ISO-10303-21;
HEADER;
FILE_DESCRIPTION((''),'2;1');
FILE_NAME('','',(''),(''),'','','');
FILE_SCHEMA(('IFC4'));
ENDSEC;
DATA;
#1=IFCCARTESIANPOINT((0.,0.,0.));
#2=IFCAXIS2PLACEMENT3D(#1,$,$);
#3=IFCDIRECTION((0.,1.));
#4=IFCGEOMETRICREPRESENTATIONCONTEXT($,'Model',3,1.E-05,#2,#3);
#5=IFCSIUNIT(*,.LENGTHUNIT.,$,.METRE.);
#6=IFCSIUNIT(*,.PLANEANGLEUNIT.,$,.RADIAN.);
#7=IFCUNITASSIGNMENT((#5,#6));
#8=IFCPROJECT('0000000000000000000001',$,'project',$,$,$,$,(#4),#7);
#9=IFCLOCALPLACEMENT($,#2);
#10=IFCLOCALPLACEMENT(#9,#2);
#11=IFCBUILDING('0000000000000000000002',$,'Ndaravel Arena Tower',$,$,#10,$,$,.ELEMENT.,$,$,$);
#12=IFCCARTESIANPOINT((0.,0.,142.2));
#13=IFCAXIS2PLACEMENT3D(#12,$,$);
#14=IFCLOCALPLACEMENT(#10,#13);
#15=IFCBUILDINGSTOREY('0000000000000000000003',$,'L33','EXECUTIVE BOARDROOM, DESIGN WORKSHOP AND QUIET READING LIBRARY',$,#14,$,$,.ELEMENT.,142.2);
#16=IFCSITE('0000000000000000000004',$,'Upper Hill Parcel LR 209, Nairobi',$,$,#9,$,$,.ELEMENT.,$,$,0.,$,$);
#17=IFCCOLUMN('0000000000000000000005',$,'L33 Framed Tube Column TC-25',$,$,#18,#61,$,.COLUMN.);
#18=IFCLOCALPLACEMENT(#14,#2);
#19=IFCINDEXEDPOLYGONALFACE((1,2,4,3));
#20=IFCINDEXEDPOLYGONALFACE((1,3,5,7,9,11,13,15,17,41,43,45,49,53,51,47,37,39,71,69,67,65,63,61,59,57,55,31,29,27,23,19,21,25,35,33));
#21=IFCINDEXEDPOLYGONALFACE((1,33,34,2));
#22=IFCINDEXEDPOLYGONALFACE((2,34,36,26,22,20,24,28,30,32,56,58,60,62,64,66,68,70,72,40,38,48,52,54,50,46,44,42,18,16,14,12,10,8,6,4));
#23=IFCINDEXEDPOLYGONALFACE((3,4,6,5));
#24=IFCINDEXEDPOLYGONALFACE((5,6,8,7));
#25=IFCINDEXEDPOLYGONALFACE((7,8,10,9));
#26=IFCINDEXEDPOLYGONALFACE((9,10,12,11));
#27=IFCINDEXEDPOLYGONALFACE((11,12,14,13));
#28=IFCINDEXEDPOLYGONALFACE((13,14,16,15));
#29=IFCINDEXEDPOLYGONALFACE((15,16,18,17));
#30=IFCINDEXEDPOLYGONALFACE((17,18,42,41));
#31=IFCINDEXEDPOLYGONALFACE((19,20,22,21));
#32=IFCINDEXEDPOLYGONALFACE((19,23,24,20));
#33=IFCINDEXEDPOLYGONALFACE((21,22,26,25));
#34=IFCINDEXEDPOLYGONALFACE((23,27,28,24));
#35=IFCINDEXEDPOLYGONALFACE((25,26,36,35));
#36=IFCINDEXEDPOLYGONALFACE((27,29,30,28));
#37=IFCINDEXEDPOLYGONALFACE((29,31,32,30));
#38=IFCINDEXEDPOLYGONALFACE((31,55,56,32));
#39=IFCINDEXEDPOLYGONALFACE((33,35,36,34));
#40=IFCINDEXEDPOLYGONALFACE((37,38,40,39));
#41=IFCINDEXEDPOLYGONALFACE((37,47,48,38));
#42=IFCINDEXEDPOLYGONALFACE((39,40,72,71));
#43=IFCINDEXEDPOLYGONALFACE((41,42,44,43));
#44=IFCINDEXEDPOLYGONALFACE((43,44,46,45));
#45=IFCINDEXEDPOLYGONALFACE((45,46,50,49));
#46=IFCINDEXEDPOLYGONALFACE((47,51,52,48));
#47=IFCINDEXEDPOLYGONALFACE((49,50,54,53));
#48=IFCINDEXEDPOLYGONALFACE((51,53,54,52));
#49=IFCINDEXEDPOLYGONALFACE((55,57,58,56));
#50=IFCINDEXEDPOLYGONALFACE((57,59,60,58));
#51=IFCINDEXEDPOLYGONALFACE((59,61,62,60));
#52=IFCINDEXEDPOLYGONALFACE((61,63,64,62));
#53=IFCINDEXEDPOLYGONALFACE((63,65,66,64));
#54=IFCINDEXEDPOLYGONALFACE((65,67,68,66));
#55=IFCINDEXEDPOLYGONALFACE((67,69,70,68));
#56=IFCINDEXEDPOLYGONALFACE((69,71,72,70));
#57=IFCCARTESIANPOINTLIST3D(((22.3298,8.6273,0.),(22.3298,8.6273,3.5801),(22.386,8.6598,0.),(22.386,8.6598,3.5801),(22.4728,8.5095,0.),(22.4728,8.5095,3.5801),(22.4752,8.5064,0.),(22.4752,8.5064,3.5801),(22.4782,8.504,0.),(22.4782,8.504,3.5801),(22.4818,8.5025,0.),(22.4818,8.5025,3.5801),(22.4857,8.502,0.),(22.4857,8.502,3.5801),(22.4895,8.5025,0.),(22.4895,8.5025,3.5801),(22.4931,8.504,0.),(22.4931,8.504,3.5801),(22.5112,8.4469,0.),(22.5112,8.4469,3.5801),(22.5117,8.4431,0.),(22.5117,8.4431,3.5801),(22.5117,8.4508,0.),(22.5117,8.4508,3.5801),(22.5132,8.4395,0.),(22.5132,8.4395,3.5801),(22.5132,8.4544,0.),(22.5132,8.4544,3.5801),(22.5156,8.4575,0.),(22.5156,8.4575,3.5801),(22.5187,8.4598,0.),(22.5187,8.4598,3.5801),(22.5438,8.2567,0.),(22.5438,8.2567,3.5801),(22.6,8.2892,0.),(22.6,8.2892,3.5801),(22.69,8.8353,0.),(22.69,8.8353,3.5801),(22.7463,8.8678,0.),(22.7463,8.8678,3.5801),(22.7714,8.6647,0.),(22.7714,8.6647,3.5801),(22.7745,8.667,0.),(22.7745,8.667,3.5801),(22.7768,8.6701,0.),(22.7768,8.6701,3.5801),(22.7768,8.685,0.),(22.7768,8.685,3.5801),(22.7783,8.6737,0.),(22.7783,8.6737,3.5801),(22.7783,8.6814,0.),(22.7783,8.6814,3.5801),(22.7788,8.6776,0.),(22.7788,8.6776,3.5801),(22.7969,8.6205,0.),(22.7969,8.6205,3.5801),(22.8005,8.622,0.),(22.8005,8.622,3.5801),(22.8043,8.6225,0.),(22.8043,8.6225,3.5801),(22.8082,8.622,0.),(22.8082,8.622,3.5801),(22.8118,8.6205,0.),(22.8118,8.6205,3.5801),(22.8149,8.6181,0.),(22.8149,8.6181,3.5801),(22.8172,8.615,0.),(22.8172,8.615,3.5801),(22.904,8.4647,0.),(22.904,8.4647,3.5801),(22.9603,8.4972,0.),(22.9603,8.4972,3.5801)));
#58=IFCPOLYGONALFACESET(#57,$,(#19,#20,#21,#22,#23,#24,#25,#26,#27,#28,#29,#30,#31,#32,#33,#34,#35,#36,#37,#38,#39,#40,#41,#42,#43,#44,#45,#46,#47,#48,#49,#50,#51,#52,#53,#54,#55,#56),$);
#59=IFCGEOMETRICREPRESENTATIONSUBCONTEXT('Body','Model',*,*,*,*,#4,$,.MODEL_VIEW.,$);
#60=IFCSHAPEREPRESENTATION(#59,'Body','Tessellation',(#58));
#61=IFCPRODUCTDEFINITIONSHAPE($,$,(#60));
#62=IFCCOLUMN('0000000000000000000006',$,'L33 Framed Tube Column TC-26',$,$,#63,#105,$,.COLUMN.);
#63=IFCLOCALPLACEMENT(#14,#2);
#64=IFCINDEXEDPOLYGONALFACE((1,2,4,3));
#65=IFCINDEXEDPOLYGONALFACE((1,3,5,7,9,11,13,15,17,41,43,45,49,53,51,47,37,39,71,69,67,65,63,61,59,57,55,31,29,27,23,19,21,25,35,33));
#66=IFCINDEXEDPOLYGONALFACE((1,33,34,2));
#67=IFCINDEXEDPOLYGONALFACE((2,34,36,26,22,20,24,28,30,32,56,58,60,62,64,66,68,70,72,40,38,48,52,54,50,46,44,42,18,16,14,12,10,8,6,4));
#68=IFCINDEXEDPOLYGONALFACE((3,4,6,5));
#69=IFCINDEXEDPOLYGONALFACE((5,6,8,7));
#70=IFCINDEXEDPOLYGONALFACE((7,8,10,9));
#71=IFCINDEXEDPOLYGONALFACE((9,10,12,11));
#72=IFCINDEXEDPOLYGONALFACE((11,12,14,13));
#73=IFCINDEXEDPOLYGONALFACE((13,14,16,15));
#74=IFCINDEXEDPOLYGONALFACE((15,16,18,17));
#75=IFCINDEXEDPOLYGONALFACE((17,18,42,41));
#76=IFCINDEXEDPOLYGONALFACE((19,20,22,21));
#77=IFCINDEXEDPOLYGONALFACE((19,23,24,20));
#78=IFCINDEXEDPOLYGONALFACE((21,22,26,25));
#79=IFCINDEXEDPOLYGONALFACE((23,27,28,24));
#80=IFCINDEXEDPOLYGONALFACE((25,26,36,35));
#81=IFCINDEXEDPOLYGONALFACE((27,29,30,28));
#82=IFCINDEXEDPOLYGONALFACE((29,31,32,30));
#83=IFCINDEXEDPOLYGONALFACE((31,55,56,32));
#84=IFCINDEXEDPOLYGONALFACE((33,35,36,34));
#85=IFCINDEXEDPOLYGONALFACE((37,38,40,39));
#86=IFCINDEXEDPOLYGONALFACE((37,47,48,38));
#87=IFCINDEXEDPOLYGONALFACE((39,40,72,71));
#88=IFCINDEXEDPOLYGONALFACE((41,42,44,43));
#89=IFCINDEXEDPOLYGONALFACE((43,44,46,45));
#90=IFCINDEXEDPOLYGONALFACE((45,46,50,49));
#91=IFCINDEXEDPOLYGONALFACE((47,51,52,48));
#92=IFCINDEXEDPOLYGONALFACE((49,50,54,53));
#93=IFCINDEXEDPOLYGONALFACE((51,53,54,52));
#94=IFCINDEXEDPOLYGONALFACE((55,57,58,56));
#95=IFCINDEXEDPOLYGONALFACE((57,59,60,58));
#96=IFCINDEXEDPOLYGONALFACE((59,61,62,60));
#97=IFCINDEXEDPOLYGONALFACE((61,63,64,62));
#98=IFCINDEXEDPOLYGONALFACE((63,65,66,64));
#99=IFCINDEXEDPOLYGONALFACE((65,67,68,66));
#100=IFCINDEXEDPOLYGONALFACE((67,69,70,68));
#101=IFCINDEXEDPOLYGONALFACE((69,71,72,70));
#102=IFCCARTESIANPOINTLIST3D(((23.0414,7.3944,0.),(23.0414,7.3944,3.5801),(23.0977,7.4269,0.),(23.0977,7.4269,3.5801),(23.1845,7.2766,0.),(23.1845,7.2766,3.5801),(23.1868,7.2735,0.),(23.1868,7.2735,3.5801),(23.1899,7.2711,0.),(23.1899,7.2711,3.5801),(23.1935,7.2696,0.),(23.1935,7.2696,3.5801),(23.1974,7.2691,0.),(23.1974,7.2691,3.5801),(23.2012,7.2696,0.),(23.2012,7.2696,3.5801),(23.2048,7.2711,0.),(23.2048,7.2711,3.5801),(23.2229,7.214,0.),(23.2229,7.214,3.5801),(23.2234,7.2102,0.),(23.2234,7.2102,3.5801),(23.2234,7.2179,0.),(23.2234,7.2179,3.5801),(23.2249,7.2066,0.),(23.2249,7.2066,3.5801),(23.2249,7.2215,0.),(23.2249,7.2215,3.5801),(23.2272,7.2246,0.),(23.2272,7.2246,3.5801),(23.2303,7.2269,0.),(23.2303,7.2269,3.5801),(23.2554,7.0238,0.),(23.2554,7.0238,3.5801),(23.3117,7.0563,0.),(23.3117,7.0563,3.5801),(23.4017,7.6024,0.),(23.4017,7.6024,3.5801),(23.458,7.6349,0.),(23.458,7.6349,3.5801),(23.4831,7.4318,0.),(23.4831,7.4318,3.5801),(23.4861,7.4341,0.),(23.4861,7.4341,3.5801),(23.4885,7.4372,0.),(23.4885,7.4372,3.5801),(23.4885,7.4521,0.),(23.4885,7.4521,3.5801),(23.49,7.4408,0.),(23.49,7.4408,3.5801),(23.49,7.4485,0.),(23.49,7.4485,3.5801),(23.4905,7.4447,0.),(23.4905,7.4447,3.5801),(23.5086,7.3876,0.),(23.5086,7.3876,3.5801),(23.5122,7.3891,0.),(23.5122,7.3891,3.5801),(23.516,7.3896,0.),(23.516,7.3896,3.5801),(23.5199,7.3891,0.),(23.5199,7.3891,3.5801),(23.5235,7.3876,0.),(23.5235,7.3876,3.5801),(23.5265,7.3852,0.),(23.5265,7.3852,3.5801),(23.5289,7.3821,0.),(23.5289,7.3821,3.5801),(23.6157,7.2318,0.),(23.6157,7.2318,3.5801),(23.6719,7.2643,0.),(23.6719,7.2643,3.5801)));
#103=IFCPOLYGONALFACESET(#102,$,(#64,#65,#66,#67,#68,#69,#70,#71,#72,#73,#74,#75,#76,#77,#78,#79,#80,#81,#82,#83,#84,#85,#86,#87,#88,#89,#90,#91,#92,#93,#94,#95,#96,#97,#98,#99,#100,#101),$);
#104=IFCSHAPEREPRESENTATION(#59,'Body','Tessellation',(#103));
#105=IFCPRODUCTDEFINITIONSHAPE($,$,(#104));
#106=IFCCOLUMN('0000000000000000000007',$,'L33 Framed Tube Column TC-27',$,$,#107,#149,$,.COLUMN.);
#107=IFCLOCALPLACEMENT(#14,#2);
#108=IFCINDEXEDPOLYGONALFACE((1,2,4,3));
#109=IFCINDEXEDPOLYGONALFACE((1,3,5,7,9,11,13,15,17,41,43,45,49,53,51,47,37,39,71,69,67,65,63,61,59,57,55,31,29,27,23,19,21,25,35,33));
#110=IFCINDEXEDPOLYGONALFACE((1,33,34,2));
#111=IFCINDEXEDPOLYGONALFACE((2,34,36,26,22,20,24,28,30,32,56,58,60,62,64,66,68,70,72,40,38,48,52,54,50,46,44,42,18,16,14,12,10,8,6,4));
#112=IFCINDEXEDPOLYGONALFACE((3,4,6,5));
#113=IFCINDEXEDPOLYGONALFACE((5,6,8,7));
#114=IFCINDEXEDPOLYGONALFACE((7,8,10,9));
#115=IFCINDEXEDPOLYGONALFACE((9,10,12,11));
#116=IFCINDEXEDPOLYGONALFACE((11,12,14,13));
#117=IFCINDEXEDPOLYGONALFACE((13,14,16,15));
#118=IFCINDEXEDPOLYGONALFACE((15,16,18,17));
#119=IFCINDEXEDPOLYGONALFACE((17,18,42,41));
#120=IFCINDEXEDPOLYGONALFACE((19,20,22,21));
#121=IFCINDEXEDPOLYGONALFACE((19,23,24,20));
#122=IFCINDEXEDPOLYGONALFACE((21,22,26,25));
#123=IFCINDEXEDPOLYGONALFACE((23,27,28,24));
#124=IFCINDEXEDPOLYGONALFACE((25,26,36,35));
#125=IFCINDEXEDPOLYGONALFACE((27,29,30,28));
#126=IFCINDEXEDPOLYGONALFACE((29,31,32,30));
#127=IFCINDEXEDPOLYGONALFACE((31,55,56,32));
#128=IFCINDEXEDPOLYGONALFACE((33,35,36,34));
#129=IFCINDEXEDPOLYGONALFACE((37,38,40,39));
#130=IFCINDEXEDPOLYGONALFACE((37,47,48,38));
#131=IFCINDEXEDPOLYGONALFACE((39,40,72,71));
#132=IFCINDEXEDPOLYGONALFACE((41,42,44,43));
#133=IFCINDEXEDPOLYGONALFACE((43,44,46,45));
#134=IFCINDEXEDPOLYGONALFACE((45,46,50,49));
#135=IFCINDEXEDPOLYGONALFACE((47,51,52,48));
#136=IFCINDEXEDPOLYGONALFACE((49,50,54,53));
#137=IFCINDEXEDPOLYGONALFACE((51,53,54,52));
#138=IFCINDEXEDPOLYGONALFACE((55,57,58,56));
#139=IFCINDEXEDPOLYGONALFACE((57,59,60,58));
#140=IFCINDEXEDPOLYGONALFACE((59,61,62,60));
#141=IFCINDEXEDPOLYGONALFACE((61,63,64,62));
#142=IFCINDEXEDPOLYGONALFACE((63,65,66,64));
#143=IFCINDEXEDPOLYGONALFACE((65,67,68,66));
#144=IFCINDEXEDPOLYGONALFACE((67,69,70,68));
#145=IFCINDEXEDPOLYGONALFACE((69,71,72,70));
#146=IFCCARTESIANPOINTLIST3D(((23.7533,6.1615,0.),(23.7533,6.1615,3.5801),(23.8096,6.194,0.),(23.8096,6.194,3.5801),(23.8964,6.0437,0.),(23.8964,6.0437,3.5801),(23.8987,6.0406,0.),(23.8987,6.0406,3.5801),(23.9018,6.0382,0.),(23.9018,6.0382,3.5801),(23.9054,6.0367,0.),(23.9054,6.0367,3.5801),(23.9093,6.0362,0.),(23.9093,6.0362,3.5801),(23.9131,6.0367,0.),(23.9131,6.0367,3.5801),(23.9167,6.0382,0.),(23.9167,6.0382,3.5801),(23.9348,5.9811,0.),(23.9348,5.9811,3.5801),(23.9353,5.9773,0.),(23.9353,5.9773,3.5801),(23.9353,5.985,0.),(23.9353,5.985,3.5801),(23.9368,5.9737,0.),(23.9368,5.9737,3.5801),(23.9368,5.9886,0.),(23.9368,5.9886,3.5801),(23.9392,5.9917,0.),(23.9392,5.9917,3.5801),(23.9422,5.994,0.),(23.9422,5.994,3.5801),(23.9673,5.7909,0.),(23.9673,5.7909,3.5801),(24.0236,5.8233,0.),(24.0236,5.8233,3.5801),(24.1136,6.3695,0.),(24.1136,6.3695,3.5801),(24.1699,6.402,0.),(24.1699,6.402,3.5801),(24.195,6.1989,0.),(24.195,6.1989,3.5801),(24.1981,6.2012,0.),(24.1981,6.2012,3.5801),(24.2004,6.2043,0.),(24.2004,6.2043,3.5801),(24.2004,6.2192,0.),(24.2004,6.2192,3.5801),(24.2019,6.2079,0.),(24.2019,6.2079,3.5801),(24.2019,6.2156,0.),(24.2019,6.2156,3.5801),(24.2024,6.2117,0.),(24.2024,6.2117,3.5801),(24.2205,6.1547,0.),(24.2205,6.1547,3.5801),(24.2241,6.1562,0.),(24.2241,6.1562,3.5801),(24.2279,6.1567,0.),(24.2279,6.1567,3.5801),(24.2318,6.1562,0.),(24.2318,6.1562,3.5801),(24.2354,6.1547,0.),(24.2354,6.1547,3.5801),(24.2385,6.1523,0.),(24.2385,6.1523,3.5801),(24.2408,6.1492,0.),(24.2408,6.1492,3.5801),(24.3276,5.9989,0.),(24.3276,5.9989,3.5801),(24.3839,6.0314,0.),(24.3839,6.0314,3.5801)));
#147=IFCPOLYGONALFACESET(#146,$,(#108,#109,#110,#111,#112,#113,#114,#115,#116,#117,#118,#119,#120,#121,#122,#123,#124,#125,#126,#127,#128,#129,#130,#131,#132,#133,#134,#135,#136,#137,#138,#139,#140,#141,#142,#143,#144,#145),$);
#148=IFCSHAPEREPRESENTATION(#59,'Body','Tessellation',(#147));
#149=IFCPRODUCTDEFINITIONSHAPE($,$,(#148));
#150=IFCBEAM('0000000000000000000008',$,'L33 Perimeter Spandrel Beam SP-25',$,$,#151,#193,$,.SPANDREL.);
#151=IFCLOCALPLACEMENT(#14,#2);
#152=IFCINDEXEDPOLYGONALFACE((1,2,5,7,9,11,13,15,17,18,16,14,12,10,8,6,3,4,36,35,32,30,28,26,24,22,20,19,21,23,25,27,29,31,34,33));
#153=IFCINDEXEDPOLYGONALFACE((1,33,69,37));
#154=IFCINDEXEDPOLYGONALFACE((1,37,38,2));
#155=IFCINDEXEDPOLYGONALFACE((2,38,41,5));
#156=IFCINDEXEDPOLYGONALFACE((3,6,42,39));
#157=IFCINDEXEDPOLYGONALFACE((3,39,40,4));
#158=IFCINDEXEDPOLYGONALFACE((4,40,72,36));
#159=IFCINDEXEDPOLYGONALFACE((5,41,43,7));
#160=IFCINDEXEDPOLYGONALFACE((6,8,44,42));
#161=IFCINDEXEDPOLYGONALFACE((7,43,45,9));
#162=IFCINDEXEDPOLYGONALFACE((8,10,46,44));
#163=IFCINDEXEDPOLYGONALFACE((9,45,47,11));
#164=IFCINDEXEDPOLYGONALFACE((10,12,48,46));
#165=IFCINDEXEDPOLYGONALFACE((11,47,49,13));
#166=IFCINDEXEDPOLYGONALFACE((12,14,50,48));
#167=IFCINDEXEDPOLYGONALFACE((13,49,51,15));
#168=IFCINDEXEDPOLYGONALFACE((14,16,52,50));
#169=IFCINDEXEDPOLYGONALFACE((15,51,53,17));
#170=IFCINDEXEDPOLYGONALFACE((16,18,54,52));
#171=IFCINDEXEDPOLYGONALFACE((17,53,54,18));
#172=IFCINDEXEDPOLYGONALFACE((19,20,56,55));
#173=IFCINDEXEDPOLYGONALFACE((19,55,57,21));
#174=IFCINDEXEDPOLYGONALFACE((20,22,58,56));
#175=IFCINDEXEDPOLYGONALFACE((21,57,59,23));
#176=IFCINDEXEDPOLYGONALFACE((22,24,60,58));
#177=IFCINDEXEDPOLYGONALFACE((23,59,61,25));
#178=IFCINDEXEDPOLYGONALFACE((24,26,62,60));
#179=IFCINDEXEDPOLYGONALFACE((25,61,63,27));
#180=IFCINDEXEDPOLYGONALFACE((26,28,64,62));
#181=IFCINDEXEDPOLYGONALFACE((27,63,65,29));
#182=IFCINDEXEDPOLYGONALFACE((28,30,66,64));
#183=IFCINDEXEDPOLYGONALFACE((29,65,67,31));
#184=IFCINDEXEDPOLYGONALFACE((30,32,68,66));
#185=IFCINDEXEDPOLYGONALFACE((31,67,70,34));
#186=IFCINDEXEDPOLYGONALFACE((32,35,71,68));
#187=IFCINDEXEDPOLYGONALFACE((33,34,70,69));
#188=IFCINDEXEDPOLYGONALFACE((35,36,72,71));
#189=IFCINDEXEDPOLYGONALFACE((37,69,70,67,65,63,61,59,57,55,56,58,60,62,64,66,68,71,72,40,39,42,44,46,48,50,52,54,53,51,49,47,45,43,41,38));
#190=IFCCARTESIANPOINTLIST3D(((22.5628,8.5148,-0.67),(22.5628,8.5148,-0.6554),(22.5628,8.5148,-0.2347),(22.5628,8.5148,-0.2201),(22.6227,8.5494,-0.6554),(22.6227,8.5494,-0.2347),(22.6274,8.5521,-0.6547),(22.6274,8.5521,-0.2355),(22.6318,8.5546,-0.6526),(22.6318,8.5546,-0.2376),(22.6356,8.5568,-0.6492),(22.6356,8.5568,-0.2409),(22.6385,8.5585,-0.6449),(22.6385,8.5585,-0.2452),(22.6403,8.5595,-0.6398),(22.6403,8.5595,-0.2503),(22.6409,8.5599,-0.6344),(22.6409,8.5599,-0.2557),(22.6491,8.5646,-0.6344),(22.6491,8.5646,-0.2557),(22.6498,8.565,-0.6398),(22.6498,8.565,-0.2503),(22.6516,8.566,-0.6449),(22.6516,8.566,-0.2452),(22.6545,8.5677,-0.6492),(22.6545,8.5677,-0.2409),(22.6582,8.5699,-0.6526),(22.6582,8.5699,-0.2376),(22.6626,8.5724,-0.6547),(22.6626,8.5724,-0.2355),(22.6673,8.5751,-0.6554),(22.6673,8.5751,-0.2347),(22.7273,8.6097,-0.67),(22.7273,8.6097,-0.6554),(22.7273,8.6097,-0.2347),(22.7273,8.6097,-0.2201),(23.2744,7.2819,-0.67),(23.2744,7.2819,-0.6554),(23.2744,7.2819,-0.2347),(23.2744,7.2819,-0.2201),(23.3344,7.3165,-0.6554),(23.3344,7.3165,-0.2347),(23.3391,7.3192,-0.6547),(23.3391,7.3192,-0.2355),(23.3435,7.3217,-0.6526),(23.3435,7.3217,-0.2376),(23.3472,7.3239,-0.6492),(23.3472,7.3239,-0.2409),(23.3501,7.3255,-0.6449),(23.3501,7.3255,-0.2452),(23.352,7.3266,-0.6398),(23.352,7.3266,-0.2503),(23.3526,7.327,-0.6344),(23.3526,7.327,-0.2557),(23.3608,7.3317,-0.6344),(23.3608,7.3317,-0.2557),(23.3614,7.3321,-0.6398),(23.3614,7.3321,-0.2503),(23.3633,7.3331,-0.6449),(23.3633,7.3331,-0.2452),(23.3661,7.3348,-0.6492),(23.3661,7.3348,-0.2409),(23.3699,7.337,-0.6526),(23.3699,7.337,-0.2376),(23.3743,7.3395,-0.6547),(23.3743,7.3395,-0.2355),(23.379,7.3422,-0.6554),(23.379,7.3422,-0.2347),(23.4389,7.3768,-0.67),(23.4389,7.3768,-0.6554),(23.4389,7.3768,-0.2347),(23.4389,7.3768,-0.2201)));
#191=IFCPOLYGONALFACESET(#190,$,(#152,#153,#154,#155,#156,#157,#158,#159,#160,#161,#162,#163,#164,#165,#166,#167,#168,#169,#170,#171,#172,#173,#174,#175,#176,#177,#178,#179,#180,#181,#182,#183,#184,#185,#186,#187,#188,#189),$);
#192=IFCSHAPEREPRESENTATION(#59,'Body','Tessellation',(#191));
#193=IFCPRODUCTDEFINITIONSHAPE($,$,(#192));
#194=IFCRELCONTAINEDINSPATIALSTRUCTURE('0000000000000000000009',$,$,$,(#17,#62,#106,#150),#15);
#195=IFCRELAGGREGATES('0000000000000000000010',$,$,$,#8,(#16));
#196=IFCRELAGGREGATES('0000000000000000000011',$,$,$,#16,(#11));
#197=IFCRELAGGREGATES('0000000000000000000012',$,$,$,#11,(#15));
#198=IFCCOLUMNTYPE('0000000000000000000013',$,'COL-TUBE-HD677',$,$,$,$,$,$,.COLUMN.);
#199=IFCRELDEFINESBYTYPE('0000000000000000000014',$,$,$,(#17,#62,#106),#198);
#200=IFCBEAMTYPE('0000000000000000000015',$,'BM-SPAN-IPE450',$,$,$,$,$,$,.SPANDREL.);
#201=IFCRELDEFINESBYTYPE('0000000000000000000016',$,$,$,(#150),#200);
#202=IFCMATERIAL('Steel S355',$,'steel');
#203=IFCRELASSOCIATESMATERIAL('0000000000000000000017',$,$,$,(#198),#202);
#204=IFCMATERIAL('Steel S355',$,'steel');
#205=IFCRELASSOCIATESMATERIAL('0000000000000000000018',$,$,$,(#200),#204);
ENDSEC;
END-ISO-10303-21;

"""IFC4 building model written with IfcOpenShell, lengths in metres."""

from ifc_helpers import new_model, si_unit, direction, frame, origin, origin_2d, place, context, subcontext, project, spatial, i_section, extrude, material, material_profile, profile_set, type_object, element, save


model = new_model("IFC4")

# Units and contexts
model_context = context("Model", 3, precision=1e-05, world=origin(), true_north=direction((0.0, 1.0)))
body_context = subcontext(model_context, "Body", "Model", "MODEL_VIEW")
ifc_project = project(units=[si_unit("LENGTHUNIT", "METRE"), si_unit("PLANEANGLEUNIT", "RADIAN")], contexts=[model_context])

# Site, building, storey
site_placement = place(None, origin())
site = spatial("IfcSite", under=ifc_project, at=site_placement, Name="Upper Hill Parcel LR 209, Nairobi", CompositionType="ELEMENT", RefElevation=0.0)
building_placement = place(site_placement, origin())
building = spatial("IfcBuilding", under=site, at=building_placement, Name="Ndaravel Arena Tower", CompositionType="ELEMENT")
storey_placement = place(building_placement, frame((0.0, 0.0, 142.2)))
storey = spatial("IfcBuildingStorey", under=building, at=storey_placement, Name="L33", Description="EXECUTIVE BOARDROOM, DESIGN WORKSHOP AND QUIET READING LIBRARY", CompositionType="ELEMENT", Elevation=142.2)

# Columns
ifc_material_1 = material(Name="Steel S355", Category="steel")
ifc_material_profile_1 = material_profile(ifc_material_1, i_section(OverallWidth=0.428, OverallDepth=0.481, WebThickness=0.051, FlangeThickness=0.0649, FilletRadius=0.0149, at=origin_2d()), Name="HD 400x677")
ifc_profile_set_1 = profile_set([ifc_material_profile_1], Name="Steel S355")
column_type = type_object("IfcColumnType", Name="COL-TUBE-HD677", PredefinedType="COLUMN", material=ifc_profile_set_1)
for number, where, z_axis, x_axis, name in (
    (1, (22.645, 8.5623, 0.0), (0.0, 0.0, 1.0), (-0.5, 0.866025, 0.0), "L33 Framed Tube Column TC-25"),
    (2, (23.3567, 7.3293, 0.0), (0.0, 0.0, 1.0), (-0.5, 0.866025, 0.0), "L33 Framed Tube Column TC-26"),
    (3, (24.0686, 6.0964, 0.0), (0.0, 0.0, 1.0), (-0.5, 0.866025, 0.0), "L33 Framed Tube Column TC-27"),
):
    element("IfcColumn", number, at=place(storey_placement, frame(where, z_axis=z_axis, x_axis=x_axis)), inside=storey, type_object=column_type, Name=name, PredefinedType="COLUMN", context=body_context, shape_type="SweptSolid", body=[
        extrude(i_section(OverallWidth=0.428, OverallDepth=0.481, WebThickness=0.051, FlangeThickness=0.0649, FilletRadius=0.0149, at=origin_2d()), origin(), (0.0, 0.0, 1.0), 3.5801),
    ])

# Beam
ifc_material_2 = material(Name="Steel S355", Category="steel")
ifc_material_profile_2 = material_profile(ifc_material_2, i_section(OverallWidth=0.1899, OverallDepth=0.45, WebThickness=0.0095, FlangeThickness=0.0146, FilletRadius=0.021, at=origin_2d()), Name="IPE 450")
ifc_profile_set_2 = profile_set([ifc_material_profile_2], Name="Steel S355")
beam_type = type_object("IfcBeamType", Name="BM-SPAN-IPE450", PredefinedType="SPANDREL", material=ifc_profile_set_2)
for number, where, z_axis, x_axis, name in (
    (4, (22.645, 8.5623, -0.4451), (0.49992, -0.866071, 0.0), (0.866071, 0.49992, 0.0), "L33 Perimeter Spandrel Beam SP-25"),
):
    element("IfcBeam", number, at=place(storey_placement, frame(where, z_axis=z_axis, x_axis=x_axis)), inside=storey, type_object=beam_type, Name=name, PredefinedType="SPANDREL", context=body_context, shape_type="SweptSolid", body=[
        extrude(i_section(OverallWidth=0.1899, OverallDepth=0.45, WebThickness=0.0095, FlangeThickness=0.0146, FilletRadius=0.021, at=origin_2d()), origin(), (0.0, 0.0, 1.0), 1.4236),
    ])

save(model, "model.ifc")
